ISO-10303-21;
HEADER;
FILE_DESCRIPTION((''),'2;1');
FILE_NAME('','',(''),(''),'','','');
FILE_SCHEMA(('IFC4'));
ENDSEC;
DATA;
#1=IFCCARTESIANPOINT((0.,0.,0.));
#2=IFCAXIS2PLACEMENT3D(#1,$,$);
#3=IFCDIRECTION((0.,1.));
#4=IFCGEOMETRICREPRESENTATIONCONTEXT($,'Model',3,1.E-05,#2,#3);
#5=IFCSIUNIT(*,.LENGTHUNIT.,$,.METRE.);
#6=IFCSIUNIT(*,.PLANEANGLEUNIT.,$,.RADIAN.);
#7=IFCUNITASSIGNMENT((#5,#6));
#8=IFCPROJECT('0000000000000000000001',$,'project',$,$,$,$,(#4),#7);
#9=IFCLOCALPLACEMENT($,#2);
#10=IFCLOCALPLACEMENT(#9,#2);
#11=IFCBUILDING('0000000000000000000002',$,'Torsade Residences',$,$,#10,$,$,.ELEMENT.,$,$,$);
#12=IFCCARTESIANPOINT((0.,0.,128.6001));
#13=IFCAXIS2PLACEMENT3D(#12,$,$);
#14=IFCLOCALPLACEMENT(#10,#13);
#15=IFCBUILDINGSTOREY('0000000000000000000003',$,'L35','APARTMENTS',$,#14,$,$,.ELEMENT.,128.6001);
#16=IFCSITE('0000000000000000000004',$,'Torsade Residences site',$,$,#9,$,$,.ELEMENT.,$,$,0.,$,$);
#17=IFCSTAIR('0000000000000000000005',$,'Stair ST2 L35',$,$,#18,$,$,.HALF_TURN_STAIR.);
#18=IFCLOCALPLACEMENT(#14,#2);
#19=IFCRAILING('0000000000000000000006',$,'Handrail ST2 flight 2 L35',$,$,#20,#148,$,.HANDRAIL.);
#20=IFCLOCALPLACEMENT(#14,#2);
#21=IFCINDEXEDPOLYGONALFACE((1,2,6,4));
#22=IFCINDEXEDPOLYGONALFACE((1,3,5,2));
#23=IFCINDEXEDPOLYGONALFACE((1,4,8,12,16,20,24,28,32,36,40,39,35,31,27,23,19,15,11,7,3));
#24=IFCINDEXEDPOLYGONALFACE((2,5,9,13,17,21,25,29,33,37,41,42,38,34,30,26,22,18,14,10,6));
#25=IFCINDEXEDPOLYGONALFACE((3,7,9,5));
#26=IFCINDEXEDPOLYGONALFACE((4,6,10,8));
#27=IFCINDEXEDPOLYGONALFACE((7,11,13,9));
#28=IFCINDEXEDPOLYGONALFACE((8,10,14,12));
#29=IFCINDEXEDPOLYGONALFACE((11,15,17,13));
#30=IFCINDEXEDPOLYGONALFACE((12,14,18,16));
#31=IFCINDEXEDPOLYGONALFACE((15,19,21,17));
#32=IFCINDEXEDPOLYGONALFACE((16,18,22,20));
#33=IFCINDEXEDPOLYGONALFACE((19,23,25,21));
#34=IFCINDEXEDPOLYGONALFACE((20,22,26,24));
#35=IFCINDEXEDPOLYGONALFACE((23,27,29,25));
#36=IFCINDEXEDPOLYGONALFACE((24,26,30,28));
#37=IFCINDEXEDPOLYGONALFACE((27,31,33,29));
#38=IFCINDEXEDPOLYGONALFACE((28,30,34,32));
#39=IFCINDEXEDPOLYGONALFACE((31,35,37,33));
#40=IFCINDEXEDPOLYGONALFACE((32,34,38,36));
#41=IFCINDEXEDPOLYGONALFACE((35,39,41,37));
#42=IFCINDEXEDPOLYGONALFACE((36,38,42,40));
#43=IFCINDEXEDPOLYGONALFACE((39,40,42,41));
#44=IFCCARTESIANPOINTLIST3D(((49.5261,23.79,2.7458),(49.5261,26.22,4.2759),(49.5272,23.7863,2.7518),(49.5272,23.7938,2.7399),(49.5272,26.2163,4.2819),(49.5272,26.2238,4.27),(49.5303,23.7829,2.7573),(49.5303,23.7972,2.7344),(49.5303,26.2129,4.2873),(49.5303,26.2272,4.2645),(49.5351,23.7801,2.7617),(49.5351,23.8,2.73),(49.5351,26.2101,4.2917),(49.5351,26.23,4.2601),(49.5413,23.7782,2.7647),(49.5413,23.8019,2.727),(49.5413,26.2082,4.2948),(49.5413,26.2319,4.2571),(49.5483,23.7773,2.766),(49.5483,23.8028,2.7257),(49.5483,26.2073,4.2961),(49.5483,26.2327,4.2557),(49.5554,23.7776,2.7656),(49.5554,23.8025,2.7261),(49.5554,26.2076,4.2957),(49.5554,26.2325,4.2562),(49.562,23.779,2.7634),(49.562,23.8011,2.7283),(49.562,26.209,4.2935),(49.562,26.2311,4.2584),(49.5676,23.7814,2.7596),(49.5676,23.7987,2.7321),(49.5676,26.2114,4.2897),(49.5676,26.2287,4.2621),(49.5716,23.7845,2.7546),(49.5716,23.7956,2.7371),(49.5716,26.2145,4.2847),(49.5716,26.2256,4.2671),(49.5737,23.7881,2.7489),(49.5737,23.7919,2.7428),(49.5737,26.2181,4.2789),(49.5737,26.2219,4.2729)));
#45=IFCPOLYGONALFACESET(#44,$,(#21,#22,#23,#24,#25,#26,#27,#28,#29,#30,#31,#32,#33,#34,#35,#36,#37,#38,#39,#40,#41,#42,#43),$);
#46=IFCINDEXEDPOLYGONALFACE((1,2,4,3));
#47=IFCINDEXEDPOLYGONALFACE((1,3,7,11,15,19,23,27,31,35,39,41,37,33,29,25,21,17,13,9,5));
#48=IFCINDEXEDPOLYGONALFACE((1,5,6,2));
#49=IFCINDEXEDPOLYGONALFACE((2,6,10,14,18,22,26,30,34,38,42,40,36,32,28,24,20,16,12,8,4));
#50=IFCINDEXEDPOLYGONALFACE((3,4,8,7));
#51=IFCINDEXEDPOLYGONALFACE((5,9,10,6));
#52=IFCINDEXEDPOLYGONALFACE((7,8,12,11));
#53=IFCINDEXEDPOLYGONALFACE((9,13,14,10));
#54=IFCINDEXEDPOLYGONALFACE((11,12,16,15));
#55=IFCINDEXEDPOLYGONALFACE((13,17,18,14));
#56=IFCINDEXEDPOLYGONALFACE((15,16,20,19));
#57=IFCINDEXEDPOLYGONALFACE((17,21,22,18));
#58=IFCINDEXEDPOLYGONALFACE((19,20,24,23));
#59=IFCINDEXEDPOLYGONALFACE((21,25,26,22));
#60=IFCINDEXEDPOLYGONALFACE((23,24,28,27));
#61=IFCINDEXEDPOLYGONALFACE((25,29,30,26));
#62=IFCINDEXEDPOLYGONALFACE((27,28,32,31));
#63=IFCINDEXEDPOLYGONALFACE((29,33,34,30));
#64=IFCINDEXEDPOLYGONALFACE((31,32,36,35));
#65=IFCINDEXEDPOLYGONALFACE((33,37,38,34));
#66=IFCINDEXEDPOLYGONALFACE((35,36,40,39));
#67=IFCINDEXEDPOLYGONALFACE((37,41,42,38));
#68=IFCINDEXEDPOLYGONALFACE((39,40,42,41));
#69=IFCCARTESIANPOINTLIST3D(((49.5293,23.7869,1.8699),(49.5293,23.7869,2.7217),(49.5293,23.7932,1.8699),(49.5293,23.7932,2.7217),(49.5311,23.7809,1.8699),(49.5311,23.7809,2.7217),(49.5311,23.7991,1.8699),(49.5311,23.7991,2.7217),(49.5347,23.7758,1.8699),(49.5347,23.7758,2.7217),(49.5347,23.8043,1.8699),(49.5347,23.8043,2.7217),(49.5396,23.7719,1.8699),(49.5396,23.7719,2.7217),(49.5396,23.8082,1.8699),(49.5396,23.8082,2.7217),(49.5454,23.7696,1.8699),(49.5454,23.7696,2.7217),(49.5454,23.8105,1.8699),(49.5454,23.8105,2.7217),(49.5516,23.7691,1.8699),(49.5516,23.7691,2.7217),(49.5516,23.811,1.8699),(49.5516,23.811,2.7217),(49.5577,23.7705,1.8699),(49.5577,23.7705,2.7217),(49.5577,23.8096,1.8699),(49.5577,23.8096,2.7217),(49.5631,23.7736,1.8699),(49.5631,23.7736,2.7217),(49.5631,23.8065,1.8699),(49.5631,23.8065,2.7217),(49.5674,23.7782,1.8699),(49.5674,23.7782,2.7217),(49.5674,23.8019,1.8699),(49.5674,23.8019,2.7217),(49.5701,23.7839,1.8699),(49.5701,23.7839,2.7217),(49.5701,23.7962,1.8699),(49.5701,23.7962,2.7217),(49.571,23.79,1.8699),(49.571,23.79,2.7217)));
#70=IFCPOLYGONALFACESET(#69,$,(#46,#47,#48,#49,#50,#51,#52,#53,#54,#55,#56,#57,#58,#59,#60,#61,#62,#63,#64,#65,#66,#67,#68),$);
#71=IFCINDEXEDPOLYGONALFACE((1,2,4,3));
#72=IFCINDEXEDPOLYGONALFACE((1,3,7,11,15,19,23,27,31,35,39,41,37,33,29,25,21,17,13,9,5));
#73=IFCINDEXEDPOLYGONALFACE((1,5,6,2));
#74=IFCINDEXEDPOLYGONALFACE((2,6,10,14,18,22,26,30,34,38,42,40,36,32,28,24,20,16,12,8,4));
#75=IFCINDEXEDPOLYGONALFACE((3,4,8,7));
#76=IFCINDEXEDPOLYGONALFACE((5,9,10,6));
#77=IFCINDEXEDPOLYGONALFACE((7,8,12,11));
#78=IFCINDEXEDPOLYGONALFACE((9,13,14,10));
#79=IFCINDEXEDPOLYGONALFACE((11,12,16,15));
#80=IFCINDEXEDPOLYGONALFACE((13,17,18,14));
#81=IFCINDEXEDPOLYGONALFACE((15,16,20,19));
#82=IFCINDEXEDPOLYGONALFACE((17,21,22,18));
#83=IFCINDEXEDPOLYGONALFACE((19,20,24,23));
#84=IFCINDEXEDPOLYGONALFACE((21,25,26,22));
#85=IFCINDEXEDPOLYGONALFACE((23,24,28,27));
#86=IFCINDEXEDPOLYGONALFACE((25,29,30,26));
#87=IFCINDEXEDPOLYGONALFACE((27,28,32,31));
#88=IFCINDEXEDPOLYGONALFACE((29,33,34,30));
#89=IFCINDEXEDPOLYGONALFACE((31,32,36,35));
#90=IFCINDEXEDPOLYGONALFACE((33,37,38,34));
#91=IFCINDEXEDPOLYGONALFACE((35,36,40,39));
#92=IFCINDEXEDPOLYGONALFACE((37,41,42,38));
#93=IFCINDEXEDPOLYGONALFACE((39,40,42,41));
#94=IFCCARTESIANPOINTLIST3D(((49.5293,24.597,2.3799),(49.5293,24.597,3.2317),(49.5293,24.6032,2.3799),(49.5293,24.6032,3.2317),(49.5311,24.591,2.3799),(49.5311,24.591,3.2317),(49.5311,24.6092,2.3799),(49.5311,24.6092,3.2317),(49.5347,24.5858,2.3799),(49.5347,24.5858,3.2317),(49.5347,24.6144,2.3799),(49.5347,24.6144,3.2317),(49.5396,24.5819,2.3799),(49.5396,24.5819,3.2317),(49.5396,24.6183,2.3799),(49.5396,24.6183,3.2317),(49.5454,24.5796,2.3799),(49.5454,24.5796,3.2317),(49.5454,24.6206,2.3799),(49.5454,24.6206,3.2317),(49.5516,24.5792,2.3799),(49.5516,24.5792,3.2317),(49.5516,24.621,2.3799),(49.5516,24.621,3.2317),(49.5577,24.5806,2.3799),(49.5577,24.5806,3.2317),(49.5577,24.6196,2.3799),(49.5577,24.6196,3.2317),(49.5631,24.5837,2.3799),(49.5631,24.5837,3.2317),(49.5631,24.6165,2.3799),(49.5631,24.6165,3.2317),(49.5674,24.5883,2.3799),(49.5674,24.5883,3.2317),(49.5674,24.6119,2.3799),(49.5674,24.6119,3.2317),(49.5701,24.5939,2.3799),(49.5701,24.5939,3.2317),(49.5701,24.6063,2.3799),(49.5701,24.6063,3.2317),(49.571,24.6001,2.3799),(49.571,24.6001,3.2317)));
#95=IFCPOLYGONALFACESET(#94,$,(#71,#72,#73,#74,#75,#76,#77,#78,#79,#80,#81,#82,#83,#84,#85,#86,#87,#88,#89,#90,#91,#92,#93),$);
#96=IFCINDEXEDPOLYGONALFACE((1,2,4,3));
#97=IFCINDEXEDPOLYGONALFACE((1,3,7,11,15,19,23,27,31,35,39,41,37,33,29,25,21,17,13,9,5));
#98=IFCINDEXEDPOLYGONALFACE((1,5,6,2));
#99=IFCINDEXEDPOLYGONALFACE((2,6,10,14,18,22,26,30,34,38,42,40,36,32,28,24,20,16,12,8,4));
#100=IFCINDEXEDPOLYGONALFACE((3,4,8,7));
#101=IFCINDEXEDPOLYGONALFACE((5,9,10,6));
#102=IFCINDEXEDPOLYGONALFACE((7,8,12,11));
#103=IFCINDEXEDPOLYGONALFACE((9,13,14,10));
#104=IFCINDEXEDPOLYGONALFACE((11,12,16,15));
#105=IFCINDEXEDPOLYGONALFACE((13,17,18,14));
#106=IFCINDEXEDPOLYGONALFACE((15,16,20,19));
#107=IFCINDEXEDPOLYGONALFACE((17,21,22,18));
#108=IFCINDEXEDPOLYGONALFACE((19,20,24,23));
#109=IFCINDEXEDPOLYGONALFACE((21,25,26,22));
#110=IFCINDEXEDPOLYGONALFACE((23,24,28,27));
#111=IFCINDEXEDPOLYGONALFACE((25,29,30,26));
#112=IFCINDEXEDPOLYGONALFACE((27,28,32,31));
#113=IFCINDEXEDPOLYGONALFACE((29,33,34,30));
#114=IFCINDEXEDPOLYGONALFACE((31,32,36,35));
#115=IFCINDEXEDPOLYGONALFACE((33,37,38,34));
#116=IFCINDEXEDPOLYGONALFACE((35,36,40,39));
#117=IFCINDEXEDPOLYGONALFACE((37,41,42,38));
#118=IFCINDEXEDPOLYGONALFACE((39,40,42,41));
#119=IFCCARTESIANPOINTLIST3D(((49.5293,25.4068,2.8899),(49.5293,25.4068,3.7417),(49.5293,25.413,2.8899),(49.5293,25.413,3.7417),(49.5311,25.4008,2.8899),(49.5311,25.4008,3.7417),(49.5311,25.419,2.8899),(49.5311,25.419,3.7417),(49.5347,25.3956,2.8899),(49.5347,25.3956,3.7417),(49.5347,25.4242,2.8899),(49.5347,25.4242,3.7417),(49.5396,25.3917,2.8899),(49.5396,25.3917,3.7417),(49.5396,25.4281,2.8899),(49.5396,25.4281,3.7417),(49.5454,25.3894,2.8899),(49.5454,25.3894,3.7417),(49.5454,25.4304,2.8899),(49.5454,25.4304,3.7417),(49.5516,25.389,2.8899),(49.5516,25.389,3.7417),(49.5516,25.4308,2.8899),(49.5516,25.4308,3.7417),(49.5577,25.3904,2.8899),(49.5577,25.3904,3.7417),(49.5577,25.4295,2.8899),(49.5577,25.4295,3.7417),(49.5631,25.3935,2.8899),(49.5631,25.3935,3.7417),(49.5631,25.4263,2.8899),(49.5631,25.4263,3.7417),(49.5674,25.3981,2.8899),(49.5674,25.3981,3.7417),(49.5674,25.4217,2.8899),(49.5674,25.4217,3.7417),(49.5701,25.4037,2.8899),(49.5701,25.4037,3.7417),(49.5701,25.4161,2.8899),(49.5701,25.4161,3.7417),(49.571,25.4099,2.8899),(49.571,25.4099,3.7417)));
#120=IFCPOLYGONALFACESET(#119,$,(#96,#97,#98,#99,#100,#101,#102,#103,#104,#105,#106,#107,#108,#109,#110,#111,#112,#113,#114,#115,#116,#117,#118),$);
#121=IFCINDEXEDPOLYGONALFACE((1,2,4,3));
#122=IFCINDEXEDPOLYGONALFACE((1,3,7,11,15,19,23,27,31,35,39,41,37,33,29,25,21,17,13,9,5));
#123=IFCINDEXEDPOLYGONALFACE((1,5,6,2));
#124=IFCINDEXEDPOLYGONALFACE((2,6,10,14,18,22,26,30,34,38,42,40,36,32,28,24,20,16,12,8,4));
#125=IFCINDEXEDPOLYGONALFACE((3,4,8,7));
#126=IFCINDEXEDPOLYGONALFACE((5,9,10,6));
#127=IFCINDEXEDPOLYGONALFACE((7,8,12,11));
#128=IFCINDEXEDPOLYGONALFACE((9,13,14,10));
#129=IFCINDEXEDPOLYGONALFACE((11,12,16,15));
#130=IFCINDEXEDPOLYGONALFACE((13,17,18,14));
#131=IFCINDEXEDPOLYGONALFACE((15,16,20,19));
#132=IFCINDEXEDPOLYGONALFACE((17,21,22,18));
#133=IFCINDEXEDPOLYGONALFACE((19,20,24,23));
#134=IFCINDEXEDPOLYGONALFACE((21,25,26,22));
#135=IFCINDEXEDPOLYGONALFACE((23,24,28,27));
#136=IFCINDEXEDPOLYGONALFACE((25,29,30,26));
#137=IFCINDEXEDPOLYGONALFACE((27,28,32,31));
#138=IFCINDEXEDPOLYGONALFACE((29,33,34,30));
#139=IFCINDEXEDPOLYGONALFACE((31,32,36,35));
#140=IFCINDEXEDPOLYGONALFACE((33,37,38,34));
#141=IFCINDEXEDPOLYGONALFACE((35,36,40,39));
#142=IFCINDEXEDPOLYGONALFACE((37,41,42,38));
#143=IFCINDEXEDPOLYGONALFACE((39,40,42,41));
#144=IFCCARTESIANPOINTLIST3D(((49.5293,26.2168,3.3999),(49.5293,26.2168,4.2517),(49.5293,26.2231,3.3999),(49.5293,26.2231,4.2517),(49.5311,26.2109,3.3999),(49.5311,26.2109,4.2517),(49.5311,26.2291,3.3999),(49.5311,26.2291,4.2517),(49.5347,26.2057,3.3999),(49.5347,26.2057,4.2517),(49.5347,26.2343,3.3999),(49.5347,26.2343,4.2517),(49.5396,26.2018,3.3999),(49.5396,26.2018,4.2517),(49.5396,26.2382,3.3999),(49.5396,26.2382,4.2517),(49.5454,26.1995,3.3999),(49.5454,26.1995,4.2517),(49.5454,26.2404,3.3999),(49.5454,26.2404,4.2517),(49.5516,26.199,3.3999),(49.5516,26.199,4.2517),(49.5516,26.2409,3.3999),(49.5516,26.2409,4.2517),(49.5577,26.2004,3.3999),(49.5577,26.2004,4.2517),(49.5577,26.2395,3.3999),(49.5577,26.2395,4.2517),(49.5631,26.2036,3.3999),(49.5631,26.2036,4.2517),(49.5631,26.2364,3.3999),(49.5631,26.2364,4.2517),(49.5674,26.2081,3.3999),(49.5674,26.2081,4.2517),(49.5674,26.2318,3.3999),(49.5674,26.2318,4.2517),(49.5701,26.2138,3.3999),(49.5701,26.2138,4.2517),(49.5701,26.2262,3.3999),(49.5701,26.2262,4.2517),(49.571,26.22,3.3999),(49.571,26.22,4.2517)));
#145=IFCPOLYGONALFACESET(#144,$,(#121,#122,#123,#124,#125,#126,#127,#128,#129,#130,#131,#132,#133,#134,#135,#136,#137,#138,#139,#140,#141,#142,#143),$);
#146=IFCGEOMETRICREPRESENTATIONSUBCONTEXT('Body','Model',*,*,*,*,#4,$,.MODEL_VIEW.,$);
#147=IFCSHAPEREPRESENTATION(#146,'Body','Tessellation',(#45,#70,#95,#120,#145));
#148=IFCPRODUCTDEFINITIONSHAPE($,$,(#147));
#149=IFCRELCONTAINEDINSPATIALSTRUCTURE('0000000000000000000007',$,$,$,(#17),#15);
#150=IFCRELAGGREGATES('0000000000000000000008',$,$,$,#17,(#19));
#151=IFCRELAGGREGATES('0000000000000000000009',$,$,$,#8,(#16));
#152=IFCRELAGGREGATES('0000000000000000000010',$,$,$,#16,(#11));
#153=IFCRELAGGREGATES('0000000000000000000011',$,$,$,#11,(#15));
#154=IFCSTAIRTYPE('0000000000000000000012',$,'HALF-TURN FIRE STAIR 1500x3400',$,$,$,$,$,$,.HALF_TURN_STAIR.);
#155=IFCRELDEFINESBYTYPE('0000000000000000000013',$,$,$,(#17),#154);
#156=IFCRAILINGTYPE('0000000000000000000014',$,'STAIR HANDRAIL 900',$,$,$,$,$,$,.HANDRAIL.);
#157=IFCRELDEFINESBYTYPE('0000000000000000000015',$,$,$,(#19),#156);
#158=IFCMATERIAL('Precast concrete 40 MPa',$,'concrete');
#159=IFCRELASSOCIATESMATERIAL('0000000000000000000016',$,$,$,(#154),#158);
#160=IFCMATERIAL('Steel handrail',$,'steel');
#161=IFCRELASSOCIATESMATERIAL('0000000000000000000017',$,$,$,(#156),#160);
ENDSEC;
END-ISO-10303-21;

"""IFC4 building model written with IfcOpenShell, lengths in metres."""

from ifc_helpers import new_model, si_unit, direction, frame, origin, origin_2d, place, context, subcontext, project, spatial, circle, extrude, material, type_object, element, aggregate, save


model = new_model("IFC4")

# Units and contexts
model_context = context("Model", 3, precision=1e-05, world=origin(), true_north=direction((0.0, 1.0)))
body_context = subcontext(model_context, "Body", "Model", "MODEL_VIEW")
ifc_project = project(units=[si_unit("LENGTHUNIT", "METRE"), si_unit("PLANEANGLEUNIT", "RADIAN")], contexts=[model_context])

# Site, building, storey
site_placement = place(None, origin())
site = spatial("IfcSite", under=ifc_project, at=site_placement, Name="Torsade Residences site", CompositionType="ELEMENT", RefElevation=0.0)
building_placement = place(site_placement, origin())
building = spatial("IfcBuilding", under=site, at=building_placement, Name="Torsade Residences", CompositionType="ELEMENT")
storey_placement = place(building_placement, frame((0.0, 0.0, 128.6001)))
storey = spatial("IfcBuildingStorey", under=building, at=storey_placement, Name="L35", Description="APARTMENTS", CompositionType="ELEMENT", Elevation=128.6001)

# Stair, railing
ifc_material_1 = material(Name="Precast concrete 40 MPa", Category="concrete")
stair_type = type_object("IfcStairType", Name="HALF-TURN FIRE STAIR 1500x3400", PredefinedType="HALF_TURN_STAIR", material=ifc_material_1)
stair_placement = place(storey_placement, origin())
stair = element("IfcStair", 1, at=stair_placement, inside=storey, type_object=stair_type, Name="Stair ST2 L35", PredefinedType="HALF_TURN_STAIR")
ifc_material_2 = material(Name="Steel handrail", Category="steel")
railing_type = type_object("IfcRailingType", Name="STAIR HANDRAIL 900", PredefinedType="HANDRAIL", material=ifc_material_2)
railing_1_placement = place(storey_placement, frame((49.55, 23.79, 1.8699)))
railing_1 = element("IfcRailing", 2, at=railing_1_placement, type_object=railing_type, Name="Handrail ST2 flight 2 L35", PredefinedType="HANDRAIL", context=body_context, shape_type="SweptSolid", body=[
    extrude(circle(Radius=0.0239, at=origin_2d()), frame((0.0, 0.0, 0.876), z_axis=(0.0, 0.846221, 0.532831), x_axis=(-1.0, 0.0, 0.0)), (0.0, 0.0, 1.0), 2.8716),
    extrude(circle(Radius=0.021, at=origin_2d()), origin(), (0.0, 0.0, 1.0), 0.8518),
    extrude(circle(Radius=0.021, at=origin_2d()), frame((0.0, 0.8101, 0.51)), (0.0, 0.0, 1.0), 0.8518),
    extrude(circle(Radius=0.021, at=origin_2d()), frame((0.0, 1.6199, 1.02)), (0.0, 0.0, 1.0), 0.8518),
    extrude(circle(Radius=0.021, at=origin_2d()), frame((0.0, 2.4299, 1.53)), (0.0, 0.0, 1.0), 0.8518),
])
aggregate(stair, [railing_1])

save(model, "model.ifc")
